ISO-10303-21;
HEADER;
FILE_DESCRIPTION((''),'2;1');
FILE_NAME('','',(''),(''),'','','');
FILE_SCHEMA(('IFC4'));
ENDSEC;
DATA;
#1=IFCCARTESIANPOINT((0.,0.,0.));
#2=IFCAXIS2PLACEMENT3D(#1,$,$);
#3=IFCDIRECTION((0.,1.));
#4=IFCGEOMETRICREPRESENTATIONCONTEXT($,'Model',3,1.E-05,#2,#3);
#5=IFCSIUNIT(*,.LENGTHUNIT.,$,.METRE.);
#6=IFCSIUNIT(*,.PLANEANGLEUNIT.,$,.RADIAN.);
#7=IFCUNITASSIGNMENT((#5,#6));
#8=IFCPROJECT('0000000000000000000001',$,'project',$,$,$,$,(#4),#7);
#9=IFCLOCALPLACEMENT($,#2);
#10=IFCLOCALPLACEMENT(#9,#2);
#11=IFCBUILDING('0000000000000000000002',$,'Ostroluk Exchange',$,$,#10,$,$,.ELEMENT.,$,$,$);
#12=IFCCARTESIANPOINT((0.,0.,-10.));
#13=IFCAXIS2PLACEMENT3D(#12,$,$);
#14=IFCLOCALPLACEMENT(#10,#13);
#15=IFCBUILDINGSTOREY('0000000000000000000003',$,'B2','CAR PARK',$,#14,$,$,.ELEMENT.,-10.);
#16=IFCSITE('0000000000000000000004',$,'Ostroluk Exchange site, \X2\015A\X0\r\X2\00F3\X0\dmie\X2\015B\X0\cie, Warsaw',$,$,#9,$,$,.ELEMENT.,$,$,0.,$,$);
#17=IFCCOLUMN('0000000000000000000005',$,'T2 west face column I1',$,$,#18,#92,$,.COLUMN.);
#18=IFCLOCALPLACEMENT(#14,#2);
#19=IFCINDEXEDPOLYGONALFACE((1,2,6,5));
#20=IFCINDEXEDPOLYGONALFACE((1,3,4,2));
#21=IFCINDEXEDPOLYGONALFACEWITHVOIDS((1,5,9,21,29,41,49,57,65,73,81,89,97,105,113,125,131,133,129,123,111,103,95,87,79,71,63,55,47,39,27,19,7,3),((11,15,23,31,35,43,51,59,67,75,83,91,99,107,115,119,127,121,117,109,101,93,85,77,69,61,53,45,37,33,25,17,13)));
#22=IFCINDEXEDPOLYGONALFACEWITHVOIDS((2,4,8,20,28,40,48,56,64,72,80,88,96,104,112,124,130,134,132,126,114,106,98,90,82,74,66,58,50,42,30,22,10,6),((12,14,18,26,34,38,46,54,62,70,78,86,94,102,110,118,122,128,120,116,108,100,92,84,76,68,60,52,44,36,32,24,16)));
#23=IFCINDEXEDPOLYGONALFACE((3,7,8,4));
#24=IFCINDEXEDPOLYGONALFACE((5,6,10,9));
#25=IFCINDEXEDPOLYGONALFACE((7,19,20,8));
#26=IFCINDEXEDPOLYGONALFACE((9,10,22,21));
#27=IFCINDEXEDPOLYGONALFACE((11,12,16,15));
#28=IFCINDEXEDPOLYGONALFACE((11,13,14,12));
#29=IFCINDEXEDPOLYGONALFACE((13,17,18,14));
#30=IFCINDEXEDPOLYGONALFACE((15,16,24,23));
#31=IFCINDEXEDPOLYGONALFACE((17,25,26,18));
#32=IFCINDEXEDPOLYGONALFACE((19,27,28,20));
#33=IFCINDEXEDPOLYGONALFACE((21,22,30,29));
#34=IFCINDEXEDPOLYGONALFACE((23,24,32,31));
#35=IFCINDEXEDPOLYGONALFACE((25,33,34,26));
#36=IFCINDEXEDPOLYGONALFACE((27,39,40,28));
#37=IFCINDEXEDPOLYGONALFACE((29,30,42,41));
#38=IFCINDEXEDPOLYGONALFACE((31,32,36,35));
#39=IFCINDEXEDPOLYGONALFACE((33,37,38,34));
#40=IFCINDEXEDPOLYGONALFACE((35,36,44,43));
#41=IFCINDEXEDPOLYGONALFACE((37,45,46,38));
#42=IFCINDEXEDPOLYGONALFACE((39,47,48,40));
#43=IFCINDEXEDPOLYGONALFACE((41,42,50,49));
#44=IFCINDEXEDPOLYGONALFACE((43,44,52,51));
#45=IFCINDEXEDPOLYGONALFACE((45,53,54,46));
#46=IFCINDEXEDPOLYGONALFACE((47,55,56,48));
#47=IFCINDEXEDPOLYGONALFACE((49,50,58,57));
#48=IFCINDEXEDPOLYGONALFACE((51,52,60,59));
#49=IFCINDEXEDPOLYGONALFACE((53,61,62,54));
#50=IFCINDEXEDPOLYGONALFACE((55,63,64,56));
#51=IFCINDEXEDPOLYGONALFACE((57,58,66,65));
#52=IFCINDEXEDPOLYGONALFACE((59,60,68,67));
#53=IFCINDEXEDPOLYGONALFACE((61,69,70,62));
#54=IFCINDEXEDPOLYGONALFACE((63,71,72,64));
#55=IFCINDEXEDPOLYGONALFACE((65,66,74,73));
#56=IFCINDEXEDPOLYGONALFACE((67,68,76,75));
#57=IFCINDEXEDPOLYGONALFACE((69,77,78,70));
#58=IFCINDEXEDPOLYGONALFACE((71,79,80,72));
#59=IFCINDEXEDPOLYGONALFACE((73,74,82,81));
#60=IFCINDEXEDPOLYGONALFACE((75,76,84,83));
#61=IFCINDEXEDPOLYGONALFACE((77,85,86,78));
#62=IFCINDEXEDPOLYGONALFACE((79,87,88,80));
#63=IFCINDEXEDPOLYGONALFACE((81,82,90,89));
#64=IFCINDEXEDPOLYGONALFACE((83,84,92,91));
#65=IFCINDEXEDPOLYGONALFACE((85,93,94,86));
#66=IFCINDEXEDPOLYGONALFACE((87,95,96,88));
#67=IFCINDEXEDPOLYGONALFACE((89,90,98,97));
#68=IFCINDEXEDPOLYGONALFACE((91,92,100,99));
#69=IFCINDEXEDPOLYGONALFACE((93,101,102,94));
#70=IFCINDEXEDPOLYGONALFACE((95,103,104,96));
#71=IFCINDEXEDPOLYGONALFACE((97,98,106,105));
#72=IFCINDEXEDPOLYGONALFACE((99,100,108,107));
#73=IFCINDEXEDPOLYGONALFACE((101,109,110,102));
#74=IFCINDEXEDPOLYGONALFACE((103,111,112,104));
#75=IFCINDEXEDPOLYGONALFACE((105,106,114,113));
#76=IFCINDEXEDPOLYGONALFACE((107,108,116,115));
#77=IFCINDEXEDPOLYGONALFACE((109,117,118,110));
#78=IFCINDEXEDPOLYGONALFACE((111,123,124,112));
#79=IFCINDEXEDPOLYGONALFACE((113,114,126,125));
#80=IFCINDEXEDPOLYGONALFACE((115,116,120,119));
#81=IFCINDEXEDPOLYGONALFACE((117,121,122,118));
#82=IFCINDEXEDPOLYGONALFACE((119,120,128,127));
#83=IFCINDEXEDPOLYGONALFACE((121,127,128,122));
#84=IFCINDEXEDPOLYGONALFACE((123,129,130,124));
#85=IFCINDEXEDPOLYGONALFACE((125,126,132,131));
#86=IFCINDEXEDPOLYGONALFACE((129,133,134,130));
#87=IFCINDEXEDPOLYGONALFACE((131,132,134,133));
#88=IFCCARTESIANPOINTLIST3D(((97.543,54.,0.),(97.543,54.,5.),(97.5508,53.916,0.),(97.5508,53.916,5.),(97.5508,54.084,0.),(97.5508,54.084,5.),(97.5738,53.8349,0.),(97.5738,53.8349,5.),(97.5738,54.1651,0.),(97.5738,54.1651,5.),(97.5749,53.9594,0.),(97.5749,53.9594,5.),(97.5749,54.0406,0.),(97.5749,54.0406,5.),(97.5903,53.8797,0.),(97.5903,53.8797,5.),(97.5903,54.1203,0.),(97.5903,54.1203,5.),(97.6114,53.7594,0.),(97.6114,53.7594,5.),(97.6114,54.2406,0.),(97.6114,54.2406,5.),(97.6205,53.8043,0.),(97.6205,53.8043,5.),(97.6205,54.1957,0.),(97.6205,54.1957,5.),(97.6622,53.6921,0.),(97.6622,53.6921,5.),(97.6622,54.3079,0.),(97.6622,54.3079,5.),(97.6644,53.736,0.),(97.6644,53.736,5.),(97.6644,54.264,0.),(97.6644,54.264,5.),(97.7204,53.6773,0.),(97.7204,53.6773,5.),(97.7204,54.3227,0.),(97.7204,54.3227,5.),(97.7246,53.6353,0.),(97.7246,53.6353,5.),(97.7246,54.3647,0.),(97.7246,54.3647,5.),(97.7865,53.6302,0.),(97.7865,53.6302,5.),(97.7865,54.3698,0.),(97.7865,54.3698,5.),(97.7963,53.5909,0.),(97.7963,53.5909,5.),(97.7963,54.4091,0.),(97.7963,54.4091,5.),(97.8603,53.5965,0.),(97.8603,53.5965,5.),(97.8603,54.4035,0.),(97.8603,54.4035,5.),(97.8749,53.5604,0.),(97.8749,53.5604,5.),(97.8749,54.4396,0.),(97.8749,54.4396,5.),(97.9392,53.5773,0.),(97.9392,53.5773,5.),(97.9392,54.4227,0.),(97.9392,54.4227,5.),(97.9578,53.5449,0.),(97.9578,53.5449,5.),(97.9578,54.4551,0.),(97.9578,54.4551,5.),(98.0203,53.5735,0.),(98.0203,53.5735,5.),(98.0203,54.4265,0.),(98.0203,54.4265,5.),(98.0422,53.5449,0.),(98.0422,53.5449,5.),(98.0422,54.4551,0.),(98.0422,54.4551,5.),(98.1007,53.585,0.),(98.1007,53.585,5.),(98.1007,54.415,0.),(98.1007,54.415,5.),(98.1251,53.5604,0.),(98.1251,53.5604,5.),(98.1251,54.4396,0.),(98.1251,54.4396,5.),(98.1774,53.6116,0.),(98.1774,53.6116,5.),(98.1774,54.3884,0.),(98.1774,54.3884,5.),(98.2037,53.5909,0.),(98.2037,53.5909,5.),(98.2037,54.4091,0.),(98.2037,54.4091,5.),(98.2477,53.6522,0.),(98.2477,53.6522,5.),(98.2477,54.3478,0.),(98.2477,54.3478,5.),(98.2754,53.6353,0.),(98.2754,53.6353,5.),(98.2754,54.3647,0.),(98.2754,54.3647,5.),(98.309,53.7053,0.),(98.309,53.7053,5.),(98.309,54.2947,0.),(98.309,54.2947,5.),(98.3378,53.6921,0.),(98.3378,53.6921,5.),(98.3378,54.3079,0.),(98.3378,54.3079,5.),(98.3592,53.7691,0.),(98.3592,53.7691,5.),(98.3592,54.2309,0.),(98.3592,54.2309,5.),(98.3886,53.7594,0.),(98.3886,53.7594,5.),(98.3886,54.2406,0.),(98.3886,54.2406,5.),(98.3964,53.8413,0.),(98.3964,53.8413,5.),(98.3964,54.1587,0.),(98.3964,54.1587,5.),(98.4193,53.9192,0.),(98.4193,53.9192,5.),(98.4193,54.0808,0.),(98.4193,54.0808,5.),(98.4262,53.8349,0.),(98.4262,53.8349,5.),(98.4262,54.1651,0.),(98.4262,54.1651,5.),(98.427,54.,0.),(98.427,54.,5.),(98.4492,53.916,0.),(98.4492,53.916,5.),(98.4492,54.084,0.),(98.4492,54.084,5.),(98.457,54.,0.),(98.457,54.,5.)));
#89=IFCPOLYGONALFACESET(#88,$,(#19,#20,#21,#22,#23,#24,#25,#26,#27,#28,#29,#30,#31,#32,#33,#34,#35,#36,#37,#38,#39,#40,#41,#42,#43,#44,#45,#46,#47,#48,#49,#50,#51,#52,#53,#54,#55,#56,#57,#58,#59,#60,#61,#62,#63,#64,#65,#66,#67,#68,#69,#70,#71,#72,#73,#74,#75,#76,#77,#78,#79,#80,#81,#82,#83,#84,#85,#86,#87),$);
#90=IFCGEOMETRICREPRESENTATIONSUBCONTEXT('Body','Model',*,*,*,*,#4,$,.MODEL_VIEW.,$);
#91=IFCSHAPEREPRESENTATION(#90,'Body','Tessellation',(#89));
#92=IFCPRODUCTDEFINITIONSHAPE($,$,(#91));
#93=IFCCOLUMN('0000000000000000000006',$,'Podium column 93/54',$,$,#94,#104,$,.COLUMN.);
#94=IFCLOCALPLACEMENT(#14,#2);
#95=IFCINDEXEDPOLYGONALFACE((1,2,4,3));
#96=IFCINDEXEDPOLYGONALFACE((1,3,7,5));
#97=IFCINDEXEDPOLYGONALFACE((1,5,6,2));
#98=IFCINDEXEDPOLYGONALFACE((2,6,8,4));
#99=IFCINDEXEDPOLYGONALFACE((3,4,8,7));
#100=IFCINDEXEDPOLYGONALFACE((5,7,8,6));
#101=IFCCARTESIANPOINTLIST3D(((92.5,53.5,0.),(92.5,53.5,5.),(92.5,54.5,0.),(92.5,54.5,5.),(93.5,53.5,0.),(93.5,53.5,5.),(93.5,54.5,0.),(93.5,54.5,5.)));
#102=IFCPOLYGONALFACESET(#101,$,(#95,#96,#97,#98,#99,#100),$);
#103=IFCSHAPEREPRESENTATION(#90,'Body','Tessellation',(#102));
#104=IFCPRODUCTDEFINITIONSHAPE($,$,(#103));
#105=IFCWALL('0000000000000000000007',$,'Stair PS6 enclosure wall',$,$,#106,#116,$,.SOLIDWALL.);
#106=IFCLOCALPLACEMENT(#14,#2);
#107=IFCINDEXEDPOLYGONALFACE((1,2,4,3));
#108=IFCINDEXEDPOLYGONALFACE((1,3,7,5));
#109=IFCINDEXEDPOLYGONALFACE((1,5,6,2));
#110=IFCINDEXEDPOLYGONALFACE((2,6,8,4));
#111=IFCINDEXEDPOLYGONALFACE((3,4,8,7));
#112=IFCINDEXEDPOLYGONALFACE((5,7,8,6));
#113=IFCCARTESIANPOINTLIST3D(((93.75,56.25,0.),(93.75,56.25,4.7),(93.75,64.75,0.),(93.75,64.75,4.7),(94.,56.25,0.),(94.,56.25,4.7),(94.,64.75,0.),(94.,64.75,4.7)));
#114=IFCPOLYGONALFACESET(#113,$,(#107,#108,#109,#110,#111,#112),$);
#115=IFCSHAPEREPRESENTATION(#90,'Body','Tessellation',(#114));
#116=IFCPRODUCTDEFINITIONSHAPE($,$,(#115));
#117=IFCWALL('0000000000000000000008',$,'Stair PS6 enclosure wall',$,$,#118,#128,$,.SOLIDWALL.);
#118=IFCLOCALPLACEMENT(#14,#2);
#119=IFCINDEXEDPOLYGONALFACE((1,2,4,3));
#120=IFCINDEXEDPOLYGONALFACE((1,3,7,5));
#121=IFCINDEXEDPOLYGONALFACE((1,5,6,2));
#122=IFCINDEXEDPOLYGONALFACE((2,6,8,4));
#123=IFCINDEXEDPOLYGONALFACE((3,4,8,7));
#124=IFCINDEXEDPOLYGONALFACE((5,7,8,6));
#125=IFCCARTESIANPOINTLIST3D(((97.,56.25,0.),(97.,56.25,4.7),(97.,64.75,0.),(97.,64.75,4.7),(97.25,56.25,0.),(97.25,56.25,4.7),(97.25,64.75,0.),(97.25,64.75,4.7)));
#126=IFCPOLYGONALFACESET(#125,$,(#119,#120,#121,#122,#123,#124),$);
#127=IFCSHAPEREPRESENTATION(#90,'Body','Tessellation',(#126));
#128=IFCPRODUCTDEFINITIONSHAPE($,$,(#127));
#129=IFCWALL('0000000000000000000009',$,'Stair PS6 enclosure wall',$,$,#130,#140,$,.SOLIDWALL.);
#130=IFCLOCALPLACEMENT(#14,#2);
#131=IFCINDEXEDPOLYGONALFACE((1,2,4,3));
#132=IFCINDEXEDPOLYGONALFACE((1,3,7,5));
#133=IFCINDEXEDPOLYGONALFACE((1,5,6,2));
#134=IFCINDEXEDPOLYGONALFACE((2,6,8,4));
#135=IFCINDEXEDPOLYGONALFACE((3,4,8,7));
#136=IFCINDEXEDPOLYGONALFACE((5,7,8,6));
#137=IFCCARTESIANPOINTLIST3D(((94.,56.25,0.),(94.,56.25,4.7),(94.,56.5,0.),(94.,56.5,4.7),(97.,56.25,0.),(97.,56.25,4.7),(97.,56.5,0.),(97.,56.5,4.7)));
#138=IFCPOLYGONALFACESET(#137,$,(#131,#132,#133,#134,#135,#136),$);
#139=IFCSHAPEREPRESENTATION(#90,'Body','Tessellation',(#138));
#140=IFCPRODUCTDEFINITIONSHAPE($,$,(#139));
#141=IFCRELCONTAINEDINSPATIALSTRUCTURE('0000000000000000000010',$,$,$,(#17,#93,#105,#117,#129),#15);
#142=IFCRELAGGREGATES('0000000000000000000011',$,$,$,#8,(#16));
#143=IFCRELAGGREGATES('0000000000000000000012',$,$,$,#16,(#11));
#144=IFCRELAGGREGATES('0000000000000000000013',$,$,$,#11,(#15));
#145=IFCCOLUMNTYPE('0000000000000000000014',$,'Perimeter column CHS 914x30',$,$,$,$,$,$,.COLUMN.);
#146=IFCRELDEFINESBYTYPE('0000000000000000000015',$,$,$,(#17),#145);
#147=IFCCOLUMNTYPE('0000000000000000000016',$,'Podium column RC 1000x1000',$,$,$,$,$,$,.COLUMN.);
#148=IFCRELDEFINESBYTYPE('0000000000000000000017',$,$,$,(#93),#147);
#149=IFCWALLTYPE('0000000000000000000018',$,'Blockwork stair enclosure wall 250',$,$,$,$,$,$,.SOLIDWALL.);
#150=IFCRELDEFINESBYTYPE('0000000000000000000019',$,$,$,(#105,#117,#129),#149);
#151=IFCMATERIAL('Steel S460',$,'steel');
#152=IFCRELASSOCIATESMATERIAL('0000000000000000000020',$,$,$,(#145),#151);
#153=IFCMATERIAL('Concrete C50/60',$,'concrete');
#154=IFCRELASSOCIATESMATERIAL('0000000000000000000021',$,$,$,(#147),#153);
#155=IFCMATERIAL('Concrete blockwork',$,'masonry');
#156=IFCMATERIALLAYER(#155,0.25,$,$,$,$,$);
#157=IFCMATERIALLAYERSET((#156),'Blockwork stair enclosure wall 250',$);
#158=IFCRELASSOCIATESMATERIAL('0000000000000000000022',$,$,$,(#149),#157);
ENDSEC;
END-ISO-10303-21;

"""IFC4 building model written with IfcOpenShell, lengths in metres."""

from ifc_helpers import new_model, si_unit, direction, frame, frame_2d, origin, origin_2d, place, context, subcontext, project, spatial, rectangle, hollow_circle, extrude, material, layer, layer_set, material_profile, profile_set, type_object, element, save


model = new_model("IFC4")

# Units and contexts
model_context = context("Model", 3, precision=1e-05, world=origin(), true_north=direction((0.0, 1.0)))
body_context = subcontext(model_context, "Body", "Model", "MODEL_VIEW")
ifc_project = project(units=[si_unit("LENGTHUNIT", "METRE"), si_unit("PLANEANGLEUNIT", "RADIAN")], contexts=[model_context])

# Site, building, storey
site_placement = place(None, origin())
site = spatial("IfcSite", under=ifc_project, at=site_placement, Name="Ostroluk Exchange site, Śródmieście, Warsaw", CompositionType="ELEMENT", RefElevation=0.0)
building_placement = place(site_placement, origin())
building = spatial("IfcBuilding", under=site, at=building_placement, Name="Ostroluk Exchange", CompositionType="ELEMENT")
storey_placement = place(building_placement, frame((0.0, 0.0, -10.0)))
storey = spatial("IfcBuildingStorey", under=building, at=storey_placement, Name="B2", Description="CAR PARK", CompositionType="ELEMENT", Elevation=-10.0)

# Columns
ifc_material_1 = material(Name="Steel S460", Category="steel")
ifc_material_profile_1 = material_profile(ifc_material_1, hollow_circle(Radius=0.457, WallThickness=0.03, at=origin_2d()), Name="CHS 914x30")
ifc_profile_set_1 = profile_set([ifc_material_profile_1], Name="Steel S460")
column_type_1 = type_object("IfcColumnType", Name="Perimeter column CHS 914x30", PredefinedType="COLUMN", material=ifc_profile_set_1)
column_1_placement = place(storey_placement, frame((98.0, 54.0, 0.0), z_axis=(0.0, 0.0, 1.0), x_axis=(1.0, 0.0, 0.0)))
element("IfcColumn", 1, at=column_1_placement, inside=storey, type_object=column_type_1, Name="T2 west face column I1", PredefinedType="COLUMN", context=body_context, shape_type="SweptSolid", body=[
    extrude(hollow_circle(Radius=0.457, WallThickness=0.03, at=origin_2d()), origin(), (0.0, 0.0, 1.0), 5.0),
])
ifc_material_2 = material(Name="Concrete C50/60", Category="concrete")
ifc_material_profile_2 = material_profile(ifc_material_2, rectangle(XDim=1.0, YDim=1.0, at=origin_2d()), Name="RC 1000x1000")
ifc_profile_set_2 = profile_set([ifc_material_profile_2], Name="Concrete C50/60")
column_type_2 = type_object("IfcColumnType", Name="Podium column RC 1000x1000", PredefinedType="COLUMN", material=ifc_profile_set_2)
column_2_placement = place(storey_placement, frame((93.0, 54.0, 0.0), z_axis=(0.0, 0.0, 1.0), x_axis=(1.0, 0.0, 0.0)))
element("IfcColumn", 2, at=column_2_placement, inside=storey, type_object=column_type_2, Name="Podium column 93/54", PredefinedType="COLUMN", context=body_context, shape_type="SweptSolid", body=[
    extrude(rectangle(XDim=1.0, YDim=1.0, at=origin_2d()), origin(), (0.0, 0.0, 1.0), 5.0),
])

# Walls
ifc_material_3 = material(Name="Concrete blockwork", Category="masonry")
ifc_layer_1 = layer(ifc_material_3, 0.25)
ifc_layer_set_1 = layer_set([ifc_layer_1], Name="Blockwork stair enclosure wall 250")
wall_type_1 = type_object("IfcWallType", Name="Blockwork stair enclosure wall 250", PredefinedType="SOLIDWALL", material=ifc_layer_set_1)
for number, where, z_axis, x_axis, name in (
    (3, (93.875, 56.25, 0.0), (0.0, 0.0, 1.0), (0.0, 1.0, 0.0), "Stair PS6 enclosure wall"),
    (4, (97.125, 56.25, 0.0), (0.0, 0.0, 1.0), (0.0, 1.0, 0.0), "Stair PS6 enclosure wall"),
):
    element("IfcWall", number, at=place(storey_placement, frame(where, z_axis=z_axis, x_axis=x_axis)), inside=storey, type_object=wall_type_1, Name=name, PredefinedType="SOLIDWALL", context=body_context, shape_type="SweptSolid", body=[
        extrude(rectangle(XDim=8.5, YDim=0.25, at=frame_2d((4.25, 0.0))), origin(), (0.0, 0.0, 1.0), 4.7),
    ])
wall_1_placement = place(storey_placement, frame((94.0, 56.375, 0.0), z_axis=(0.0, 0.0, 1.0), x_axis=(1.0, 0.0, 0.0)))
element("IfcWall", 5, at=wall_1_placement, inside=storey, type_object=wall_type_1, Name="Stair PS6 enclosure wall", PredefinedType="SOLIDWALL", context=body_context, shape_type="SweptSolid", body=[
    extrude(rectangle(XDim=3.0, YDim=0.25, at=frame_2d((1.5, 0.0))), origin(), (0.0, 0.0, 1.0), 4.7),
])

save(model, "model.ifc")
